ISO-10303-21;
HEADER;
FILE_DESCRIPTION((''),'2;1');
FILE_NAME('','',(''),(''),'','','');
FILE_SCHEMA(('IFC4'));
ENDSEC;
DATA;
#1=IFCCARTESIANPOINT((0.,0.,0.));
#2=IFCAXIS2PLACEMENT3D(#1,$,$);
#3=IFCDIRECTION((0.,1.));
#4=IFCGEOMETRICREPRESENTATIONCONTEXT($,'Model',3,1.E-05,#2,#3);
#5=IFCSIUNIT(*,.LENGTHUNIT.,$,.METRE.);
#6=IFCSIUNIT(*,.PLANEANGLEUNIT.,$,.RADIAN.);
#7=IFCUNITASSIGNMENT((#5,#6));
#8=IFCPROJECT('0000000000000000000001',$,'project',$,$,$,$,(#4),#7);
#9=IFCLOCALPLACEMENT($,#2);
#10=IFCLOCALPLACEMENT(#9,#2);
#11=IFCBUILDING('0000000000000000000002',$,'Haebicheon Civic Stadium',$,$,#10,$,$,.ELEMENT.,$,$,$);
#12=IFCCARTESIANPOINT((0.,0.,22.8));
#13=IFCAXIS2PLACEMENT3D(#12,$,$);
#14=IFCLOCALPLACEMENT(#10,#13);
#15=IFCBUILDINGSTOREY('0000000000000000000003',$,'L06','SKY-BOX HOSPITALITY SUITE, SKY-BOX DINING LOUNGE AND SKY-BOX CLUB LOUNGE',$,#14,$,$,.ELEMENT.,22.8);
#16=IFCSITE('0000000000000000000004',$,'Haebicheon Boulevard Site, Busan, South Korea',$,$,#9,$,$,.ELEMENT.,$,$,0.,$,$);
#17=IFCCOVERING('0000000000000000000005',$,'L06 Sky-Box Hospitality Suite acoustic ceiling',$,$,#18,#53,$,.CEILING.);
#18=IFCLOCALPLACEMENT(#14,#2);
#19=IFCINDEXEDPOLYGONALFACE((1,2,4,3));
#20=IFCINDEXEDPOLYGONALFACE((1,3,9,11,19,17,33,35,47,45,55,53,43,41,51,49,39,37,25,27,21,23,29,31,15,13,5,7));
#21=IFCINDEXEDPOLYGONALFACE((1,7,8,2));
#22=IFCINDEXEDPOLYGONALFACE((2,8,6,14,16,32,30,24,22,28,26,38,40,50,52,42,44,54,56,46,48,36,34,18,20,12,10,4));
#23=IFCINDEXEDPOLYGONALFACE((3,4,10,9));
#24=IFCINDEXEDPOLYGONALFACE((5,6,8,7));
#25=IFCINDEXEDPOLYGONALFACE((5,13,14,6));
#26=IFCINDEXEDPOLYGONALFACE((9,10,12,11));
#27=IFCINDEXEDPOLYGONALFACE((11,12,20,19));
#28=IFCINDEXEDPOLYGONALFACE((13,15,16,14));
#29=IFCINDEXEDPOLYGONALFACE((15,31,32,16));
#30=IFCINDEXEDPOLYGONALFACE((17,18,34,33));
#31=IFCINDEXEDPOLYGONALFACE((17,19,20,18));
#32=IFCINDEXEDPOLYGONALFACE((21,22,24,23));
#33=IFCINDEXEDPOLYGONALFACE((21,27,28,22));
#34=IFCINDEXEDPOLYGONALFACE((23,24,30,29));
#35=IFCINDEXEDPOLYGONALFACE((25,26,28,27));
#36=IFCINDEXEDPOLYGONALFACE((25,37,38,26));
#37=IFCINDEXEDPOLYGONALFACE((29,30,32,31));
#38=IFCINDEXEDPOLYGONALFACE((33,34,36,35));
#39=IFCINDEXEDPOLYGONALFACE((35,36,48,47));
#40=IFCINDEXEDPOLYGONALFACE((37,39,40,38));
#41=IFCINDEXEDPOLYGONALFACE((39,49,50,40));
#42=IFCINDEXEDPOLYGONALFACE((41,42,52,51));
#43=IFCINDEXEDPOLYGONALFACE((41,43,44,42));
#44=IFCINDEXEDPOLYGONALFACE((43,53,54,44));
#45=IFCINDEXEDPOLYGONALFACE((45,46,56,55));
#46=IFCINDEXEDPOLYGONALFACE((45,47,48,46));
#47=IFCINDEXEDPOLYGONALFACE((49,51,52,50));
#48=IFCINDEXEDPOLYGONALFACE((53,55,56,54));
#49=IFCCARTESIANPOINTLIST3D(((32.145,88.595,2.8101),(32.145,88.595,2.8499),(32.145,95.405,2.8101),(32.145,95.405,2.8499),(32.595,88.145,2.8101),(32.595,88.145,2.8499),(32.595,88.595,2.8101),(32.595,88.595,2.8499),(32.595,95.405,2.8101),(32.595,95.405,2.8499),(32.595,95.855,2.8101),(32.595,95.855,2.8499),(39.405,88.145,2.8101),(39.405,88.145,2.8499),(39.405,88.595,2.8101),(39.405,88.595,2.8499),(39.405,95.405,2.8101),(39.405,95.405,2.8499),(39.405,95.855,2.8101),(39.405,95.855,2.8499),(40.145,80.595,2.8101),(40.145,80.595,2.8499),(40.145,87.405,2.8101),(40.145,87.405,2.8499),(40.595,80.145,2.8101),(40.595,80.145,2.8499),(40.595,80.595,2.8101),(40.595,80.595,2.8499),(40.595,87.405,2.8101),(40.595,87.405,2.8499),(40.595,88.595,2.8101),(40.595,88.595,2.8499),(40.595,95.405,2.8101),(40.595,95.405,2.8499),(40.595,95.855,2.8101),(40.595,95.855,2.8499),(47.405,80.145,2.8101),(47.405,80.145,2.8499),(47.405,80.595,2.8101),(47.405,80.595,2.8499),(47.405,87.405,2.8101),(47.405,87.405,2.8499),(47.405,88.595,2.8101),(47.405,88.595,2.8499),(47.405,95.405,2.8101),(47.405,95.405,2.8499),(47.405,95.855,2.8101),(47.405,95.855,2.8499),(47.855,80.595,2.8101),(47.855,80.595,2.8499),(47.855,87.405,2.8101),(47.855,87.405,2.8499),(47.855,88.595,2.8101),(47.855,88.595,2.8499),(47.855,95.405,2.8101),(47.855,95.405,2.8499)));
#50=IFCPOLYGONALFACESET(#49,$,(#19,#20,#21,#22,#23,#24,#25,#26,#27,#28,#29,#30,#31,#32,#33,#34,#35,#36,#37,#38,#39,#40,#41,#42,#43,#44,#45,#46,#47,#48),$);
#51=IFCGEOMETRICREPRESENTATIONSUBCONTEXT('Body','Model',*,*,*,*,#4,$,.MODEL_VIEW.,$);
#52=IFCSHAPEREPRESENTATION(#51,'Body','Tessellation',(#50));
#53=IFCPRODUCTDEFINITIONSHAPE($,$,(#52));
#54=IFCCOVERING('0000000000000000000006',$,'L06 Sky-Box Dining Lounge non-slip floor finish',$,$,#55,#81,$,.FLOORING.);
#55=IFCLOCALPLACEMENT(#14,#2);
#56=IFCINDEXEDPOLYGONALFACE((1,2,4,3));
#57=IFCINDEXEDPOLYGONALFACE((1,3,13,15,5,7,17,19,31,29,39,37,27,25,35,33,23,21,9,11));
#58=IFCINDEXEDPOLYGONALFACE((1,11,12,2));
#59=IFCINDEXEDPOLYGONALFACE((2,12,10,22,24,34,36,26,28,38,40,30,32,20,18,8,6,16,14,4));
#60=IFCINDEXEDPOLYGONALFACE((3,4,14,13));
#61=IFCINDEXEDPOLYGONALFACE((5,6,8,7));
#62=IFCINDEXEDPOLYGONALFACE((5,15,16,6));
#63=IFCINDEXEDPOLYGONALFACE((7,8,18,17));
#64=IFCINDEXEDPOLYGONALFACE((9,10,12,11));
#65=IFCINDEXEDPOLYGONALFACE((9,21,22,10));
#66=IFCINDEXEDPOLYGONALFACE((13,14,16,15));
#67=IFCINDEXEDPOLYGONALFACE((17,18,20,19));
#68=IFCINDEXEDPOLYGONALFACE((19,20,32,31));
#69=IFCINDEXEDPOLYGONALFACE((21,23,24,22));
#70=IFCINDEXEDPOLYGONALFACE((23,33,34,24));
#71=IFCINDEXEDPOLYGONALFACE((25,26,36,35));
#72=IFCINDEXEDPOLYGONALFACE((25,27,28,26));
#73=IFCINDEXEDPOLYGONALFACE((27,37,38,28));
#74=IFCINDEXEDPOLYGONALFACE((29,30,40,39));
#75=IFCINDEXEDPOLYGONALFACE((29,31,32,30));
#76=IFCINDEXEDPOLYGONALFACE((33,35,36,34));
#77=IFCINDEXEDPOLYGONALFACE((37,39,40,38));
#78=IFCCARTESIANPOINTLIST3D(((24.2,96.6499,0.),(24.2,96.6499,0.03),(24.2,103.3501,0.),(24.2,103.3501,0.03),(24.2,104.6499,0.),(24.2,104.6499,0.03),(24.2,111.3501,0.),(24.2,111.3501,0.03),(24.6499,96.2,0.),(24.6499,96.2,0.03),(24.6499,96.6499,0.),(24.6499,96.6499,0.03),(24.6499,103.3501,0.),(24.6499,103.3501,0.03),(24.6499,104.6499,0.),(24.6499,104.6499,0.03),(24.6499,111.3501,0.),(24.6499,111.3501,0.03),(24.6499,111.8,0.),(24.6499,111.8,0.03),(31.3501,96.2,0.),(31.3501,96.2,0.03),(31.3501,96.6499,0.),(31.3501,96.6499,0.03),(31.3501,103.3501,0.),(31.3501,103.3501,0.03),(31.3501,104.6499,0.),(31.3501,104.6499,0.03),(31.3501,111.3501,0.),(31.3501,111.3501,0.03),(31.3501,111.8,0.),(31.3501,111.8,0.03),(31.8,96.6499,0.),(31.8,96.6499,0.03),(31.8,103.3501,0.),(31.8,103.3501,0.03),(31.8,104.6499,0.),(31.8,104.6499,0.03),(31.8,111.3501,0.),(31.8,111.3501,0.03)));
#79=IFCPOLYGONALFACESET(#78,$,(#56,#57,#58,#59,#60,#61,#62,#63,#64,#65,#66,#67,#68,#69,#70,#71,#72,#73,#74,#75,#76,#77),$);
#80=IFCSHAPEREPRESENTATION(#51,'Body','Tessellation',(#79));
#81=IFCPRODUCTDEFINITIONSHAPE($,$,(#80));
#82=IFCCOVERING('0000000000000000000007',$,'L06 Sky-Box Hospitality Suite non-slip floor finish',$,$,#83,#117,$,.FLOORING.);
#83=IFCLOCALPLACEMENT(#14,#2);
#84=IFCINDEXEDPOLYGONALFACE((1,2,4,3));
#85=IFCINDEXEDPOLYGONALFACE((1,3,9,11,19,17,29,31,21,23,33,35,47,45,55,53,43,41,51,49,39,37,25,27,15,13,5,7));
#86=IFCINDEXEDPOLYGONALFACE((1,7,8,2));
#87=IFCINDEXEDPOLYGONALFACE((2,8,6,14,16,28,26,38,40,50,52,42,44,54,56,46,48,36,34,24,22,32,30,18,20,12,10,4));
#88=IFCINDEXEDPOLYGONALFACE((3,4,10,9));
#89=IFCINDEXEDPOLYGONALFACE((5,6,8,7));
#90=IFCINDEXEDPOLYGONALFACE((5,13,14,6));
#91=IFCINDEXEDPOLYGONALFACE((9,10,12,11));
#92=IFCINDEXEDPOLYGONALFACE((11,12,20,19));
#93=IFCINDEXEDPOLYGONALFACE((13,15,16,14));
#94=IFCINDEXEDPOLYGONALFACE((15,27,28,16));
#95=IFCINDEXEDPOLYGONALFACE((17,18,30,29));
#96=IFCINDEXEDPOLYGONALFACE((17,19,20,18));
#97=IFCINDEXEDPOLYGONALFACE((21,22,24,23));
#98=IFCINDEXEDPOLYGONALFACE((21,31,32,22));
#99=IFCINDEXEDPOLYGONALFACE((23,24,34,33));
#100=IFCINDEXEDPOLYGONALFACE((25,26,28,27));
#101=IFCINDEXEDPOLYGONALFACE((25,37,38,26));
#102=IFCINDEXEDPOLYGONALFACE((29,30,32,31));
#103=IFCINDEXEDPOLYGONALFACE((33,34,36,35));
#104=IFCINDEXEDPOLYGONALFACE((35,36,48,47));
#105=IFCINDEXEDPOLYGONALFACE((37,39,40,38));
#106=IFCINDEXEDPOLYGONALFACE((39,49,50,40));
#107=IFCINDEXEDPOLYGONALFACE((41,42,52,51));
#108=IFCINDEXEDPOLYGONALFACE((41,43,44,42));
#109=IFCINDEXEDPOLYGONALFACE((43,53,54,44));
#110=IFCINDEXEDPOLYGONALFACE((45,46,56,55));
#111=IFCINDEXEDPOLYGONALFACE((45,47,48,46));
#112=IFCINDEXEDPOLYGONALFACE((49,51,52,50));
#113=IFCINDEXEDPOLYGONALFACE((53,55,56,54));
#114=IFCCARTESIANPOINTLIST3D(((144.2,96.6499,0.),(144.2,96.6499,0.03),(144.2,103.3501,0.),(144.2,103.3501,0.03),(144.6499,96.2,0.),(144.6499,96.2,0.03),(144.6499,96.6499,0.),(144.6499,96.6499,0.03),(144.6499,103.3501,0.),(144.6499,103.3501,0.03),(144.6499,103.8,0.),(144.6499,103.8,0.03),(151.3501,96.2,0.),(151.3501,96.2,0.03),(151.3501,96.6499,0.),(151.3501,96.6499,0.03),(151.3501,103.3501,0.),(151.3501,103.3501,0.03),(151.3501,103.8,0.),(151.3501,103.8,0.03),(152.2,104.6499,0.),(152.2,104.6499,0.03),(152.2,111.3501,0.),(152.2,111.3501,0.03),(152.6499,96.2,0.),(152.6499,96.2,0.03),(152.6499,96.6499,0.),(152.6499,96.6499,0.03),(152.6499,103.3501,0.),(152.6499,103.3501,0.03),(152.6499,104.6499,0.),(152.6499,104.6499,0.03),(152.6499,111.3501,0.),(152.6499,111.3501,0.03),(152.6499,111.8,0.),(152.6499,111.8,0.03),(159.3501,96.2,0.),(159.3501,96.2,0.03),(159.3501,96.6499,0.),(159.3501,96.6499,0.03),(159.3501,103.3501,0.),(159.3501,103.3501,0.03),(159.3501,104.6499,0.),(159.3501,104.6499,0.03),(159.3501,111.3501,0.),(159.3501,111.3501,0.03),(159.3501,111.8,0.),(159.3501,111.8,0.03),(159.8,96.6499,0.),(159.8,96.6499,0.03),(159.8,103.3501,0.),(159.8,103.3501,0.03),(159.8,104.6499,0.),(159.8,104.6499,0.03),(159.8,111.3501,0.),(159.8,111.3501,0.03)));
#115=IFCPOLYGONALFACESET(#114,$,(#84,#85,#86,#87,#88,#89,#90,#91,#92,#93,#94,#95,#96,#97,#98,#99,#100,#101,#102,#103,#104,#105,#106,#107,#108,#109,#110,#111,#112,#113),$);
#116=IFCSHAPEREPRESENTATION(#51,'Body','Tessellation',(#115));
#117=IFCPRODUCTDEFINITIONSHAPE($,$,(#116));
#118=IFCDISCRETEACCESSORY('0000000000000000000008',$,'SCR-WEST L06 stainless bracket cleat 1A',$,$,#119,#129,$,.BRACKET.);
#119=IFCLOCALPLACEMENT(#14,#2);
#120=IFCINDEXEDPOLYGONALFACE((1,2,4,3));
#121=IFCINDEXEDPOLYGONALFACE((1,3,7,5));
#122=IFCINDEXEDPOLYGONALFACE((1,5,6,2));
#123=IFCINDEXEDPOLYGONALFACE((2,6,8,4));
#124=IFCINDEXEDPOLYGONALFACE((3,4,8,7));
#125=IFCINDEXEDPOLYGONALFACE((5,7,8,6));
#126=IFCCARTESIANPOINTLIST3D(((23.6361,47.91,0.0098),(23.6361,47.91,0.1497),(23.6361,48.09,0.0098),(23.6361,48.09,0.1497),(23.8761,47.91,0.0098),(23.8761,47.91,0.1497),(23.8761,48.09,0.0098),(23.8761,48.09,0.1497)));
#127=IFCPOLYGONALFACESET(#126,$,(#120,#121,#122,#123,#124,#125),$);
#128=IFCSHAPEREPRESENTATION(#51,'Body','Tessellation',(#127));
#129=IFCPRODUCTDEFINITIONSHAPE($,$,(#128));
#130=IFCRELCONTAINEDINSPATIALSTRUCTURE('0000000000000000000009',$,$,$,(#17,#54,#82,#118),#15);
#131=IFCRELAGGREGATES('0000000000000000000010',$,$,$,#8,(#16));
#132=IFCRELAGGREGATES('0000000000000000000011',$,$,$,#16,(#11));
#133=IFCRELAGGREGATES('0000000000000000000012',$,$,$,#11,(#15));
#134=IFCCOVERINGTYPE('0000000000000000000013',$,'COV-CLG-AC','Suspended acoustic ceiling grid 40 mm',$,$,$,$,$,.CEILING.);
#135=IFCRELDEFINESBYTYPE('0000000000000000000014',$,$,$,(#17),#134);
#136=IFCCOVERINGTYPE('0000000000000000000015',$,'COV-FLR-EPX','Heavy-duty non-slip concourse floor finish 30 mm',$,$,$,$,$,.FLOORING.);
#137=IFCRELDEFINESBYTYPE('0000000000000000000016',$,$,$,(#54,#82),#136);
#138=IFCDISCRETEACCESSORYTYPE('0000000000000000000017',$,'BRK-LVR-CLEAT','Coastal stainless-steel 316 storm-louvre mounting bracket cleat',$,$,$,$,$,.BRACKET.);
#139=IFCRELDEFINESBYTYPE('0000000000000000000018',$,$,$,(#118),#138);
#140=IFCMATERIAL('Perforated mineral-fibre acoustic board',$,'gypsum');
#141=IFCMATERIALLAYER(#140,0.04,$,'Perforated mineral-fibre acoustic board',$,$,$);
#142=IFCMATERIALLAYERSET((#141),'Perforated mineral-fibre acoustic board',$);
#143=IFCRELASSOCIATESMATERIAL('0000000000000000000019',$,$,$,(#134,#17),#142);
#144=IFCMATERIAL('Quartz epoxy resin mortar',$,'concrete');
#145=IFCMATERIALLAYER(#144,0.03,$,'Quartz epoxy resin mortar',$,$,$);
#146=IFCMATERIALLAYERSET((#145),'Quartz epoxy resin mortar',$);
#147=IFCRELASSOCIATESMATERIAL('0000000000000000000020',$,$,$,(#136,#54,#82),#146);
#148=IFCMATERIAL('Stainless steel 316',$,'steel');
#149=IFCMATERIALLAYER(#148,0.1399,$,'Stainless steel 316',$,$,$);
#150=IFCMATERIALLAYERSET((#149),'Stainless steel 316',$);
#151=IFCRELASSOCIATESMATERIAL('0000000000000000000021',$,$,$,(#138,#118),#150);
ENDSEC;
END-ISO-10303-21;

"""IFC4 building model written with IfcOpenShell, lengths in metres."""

from ifc_helpers import new_model, si_unit, direction, frame, origin, origin_2d, place, context, subcontext, project, spatial, polyline, rectangle, outline, extrude, material, layer, layer_set, type_object, element, save


model = new_model("IFC4")

# Units and contexts
model_context = context("Model", 3, precision=1e-05, world=origin(), true_north=direction((0.0, 1.0)))
body_context = subcontext(model_context, "Body", "Model", "MODEL_VIEW")
ifc_project = project(units=[si_unit("LENGTHUNIT", "METRE"), si_unit("PLANEANGLEUNIT", "RADIAN")], contexts=[model_context])

# Site, building, storey
site_placement = place(None, origin())
site = spatial("IfcSite", under=ifc_project, at=site_placement, Name="Haebicheon Boulevard Site, Busan, South Korea", CompositionType="ELEMENT", RefElevation=0.0)
building_placement = place(site_placement, origin())
building = spatial("IfcBuilding", under=site, at=building_placement, Name="Haebicheon Civic Stadium", CompositionType="ELEMENT")
storey_placement = place(building_placement, frame((0.0, 0.0, 22.8)))
storey = spatial("IfcBuildingStorey", under=building, at=storey_placement, Name="L06", Description="SKY-BOX HOSPITALITY SUITE, SKY-BOX DINING LOUNGE AND SKY-BOX CLUB LOUNGE", CompositionType="ELEMENT", Elevation=22.8)

# Coverings
ifc_material_1 = material(Name="Perforated mineral-fibre acoustic board", Category="gypsum")
ifc_layer_1 = layer(ifc_material_1, 0.04, Name="Perforated mineral-fibre acoustic board")
ifc_layer_set_1 = layer_set([ifc_layer_1], Name="Perforated mineral-fibre acoustic board")
covering_type_1 = type_object("IfcCoveringType", Name="COV-CLG-AC", Description="Suspended acoustic ceiling grid 40 mm", PredefinedType="CEILING", material=ifc_layer_set_1)
covering_1_placement = place(storey_placement, frame((0.0, 0.0, 2.8101)))
element("IfcCovering", 1, at=covering_1_placement, inside=storey, type_object=covering_type_1, material=ifc_layer_set_1, Name="L06 Sky-Box Hospitality Suite acoustic ceiling", PredefinedType="CEILING", context=body_context, shape_type="SweptSolid", body=[
    extrude(outline(polyline([(40.595, 80.145), (40.595, 80.595), (40.145, 80.595), (40.145, 87.405), (40.595, 87.405), (40.595, 88.595), (39.405, 88.595), (39.405, 88.145), (32.595, 88.145), (32.595, 88.595), (32.145, 88.595), (32.145, 95.405), (32.595, 95.405), (32.595, 95.855), (39.405, 95.855), (39.405, 95.405), (40.595, 95.405), (40.595, 95.855), (47.405, 95.855), (47.405, 95.405), (47.855, 95.405), (47.855, 88.595), (47.405, 88.595), (47.405, 87.405), (47.855, 87.405), (47.855, 80.595), (47.405, 80.595), (47.405, 80.145), (40.595, 80.145)])), origin(), (0.0, 0.0, 1.0), 0.0398),
])
ifc_material_2 = material(Name="Quartz epoxy resin mortar", Category="concrete")
ifc_layer_2 = layer(ifc_material_2, 0.03, Name="Quartz epoxy resin mortar")
ifc_layer_set_2 = layer_set([ifc_layer_2], Name="Quartz epoxy resin mortar")
covering_type_2 = type_object("IfcCoveringType", Name="COV-FLR-EPX", Description="Heavy-duty non-slip concourse floor finish 30 mm", PredefinedType="FLOORING", material=ifc_layer_set_2)
covering_2_placement = place(storey_placement, origin())
element("IfcCovering", 2, at=covering_2_placement, inside=storey, type_object=covering_type_2, material=ifc_layer_set_2, Name="L06 Sky-Box Dining Lounge non-slip floor finish", PredefinedType="FLOORING", context=body_context, shape_type="SweptSolid", body=[
    extrude(outline(polyline([(24.6499, 96.2), (24.6499, 96.6499), (24.2, 96.6499), (24.2, 103.3501), (24.6499, 103.3501), (24.6499, 104.6499), (24.2, 104.6499), (24.2, 111.3501), (24.6499, 111.3501), (24.6499, 111.8), (31.3501, 111.8), (31.3501, 111.3501), (31.8, 111.3501), (31.8, 104.6499), (31.3501, 104.6499), (31.3501, 103.3501), (31.8, 103.3501), (31.8, 96.6499), (31.3501, 96.6499), (31.3501, 96.2), (24.6499, 96.2)])), origin(), (0.0, 0.0, 1.0), 0.03),
])
covering_3_placement = place(storey_placement, origin())
element("IfcCovering", 3, at=covering_3_placement, inside=storey, type_object=covering_type_2, material=ifc_layer_set_2, Name="L06 Sky-Box Hospitality Suite non-slip floor finish", PredefinedType="FLOORING", context=body_context, shape_type="SweptSolid", body=[
    extrude(outline(polyline([(144.2, 103.3501), (144.6499, 103.3501), (144.6499, 103.8), (151.3501, 103.8), (151.3501, 103.3501), (152.6499, 103.3501), (152.6499, 104.6499), (152.2, 104.6499), (152.2, 111.3501), (152.6499, 111.3501), (152.6499, 111.8), (159.3501, 111.8), (159.3501, 111.3501), (159.8, 111.3501), (159.8, 104.6499), (159.3501, 104.6499), (159.3501, 103.3501), (159.8, 103.3501), (159.8, 96.6499), (159.3501, 96.6499), (159.3501, 96.2), (152.6499, 96.2), (152.6499, 96.6499), (151.3501, 96.6499), (151.3501, 96.2), (144.6499, 96.2), (144.6499, 96.6499), (144.2, 96.6499), (144.2, 103.3501)])), origin(), (0.0, 0.0, 1.0), 0.03),
])

# Discrete accessory
ifc_material_3 = material(Name="Stainless steel 316", Category="steel")
ifc_layer_3 = layer(ifc_material_3, 0.1399, Name="Stainless steel 316")
ifc_layer_set_3 = layer_set([ifc_layer_3], Name="Stainless steel 316")
discrete_accessory_type = type_object("IfcDiscreteAccessoryType", Name="BRK-LVR-CLEAT", Description="Coastal stainless-steel 316 storm-louvre mounting bracket cleat", PredefinedType="BRACKET", material=ifc_layer_set_3)
discrete_accessory_placement = place(storey_placement, frame((23.7561, 48.0, 0.0098), z_axis=(0.0, 0.0, 1.0), x_axis=(1.0, 0.0, 0.0)))
element("IfcDiscreteAccessory", 4, at=discrete_accessory_placement, inside=storey, type_object=discrete_accessory_type, material=ifc_layer_set_3, Name="SCR-WEST L06 stainless bracket cleat 1A", PredefinedType="BRACKET", context=body_context, shape_type="SweptSolid", body=[
    extrude(rectangle(XDim=0.24, YDim=0.1799, at=origin_2d()), origin(), (0.0, 0.0, 1.0), 0.1399),
])

save(model, "model.ifc")
